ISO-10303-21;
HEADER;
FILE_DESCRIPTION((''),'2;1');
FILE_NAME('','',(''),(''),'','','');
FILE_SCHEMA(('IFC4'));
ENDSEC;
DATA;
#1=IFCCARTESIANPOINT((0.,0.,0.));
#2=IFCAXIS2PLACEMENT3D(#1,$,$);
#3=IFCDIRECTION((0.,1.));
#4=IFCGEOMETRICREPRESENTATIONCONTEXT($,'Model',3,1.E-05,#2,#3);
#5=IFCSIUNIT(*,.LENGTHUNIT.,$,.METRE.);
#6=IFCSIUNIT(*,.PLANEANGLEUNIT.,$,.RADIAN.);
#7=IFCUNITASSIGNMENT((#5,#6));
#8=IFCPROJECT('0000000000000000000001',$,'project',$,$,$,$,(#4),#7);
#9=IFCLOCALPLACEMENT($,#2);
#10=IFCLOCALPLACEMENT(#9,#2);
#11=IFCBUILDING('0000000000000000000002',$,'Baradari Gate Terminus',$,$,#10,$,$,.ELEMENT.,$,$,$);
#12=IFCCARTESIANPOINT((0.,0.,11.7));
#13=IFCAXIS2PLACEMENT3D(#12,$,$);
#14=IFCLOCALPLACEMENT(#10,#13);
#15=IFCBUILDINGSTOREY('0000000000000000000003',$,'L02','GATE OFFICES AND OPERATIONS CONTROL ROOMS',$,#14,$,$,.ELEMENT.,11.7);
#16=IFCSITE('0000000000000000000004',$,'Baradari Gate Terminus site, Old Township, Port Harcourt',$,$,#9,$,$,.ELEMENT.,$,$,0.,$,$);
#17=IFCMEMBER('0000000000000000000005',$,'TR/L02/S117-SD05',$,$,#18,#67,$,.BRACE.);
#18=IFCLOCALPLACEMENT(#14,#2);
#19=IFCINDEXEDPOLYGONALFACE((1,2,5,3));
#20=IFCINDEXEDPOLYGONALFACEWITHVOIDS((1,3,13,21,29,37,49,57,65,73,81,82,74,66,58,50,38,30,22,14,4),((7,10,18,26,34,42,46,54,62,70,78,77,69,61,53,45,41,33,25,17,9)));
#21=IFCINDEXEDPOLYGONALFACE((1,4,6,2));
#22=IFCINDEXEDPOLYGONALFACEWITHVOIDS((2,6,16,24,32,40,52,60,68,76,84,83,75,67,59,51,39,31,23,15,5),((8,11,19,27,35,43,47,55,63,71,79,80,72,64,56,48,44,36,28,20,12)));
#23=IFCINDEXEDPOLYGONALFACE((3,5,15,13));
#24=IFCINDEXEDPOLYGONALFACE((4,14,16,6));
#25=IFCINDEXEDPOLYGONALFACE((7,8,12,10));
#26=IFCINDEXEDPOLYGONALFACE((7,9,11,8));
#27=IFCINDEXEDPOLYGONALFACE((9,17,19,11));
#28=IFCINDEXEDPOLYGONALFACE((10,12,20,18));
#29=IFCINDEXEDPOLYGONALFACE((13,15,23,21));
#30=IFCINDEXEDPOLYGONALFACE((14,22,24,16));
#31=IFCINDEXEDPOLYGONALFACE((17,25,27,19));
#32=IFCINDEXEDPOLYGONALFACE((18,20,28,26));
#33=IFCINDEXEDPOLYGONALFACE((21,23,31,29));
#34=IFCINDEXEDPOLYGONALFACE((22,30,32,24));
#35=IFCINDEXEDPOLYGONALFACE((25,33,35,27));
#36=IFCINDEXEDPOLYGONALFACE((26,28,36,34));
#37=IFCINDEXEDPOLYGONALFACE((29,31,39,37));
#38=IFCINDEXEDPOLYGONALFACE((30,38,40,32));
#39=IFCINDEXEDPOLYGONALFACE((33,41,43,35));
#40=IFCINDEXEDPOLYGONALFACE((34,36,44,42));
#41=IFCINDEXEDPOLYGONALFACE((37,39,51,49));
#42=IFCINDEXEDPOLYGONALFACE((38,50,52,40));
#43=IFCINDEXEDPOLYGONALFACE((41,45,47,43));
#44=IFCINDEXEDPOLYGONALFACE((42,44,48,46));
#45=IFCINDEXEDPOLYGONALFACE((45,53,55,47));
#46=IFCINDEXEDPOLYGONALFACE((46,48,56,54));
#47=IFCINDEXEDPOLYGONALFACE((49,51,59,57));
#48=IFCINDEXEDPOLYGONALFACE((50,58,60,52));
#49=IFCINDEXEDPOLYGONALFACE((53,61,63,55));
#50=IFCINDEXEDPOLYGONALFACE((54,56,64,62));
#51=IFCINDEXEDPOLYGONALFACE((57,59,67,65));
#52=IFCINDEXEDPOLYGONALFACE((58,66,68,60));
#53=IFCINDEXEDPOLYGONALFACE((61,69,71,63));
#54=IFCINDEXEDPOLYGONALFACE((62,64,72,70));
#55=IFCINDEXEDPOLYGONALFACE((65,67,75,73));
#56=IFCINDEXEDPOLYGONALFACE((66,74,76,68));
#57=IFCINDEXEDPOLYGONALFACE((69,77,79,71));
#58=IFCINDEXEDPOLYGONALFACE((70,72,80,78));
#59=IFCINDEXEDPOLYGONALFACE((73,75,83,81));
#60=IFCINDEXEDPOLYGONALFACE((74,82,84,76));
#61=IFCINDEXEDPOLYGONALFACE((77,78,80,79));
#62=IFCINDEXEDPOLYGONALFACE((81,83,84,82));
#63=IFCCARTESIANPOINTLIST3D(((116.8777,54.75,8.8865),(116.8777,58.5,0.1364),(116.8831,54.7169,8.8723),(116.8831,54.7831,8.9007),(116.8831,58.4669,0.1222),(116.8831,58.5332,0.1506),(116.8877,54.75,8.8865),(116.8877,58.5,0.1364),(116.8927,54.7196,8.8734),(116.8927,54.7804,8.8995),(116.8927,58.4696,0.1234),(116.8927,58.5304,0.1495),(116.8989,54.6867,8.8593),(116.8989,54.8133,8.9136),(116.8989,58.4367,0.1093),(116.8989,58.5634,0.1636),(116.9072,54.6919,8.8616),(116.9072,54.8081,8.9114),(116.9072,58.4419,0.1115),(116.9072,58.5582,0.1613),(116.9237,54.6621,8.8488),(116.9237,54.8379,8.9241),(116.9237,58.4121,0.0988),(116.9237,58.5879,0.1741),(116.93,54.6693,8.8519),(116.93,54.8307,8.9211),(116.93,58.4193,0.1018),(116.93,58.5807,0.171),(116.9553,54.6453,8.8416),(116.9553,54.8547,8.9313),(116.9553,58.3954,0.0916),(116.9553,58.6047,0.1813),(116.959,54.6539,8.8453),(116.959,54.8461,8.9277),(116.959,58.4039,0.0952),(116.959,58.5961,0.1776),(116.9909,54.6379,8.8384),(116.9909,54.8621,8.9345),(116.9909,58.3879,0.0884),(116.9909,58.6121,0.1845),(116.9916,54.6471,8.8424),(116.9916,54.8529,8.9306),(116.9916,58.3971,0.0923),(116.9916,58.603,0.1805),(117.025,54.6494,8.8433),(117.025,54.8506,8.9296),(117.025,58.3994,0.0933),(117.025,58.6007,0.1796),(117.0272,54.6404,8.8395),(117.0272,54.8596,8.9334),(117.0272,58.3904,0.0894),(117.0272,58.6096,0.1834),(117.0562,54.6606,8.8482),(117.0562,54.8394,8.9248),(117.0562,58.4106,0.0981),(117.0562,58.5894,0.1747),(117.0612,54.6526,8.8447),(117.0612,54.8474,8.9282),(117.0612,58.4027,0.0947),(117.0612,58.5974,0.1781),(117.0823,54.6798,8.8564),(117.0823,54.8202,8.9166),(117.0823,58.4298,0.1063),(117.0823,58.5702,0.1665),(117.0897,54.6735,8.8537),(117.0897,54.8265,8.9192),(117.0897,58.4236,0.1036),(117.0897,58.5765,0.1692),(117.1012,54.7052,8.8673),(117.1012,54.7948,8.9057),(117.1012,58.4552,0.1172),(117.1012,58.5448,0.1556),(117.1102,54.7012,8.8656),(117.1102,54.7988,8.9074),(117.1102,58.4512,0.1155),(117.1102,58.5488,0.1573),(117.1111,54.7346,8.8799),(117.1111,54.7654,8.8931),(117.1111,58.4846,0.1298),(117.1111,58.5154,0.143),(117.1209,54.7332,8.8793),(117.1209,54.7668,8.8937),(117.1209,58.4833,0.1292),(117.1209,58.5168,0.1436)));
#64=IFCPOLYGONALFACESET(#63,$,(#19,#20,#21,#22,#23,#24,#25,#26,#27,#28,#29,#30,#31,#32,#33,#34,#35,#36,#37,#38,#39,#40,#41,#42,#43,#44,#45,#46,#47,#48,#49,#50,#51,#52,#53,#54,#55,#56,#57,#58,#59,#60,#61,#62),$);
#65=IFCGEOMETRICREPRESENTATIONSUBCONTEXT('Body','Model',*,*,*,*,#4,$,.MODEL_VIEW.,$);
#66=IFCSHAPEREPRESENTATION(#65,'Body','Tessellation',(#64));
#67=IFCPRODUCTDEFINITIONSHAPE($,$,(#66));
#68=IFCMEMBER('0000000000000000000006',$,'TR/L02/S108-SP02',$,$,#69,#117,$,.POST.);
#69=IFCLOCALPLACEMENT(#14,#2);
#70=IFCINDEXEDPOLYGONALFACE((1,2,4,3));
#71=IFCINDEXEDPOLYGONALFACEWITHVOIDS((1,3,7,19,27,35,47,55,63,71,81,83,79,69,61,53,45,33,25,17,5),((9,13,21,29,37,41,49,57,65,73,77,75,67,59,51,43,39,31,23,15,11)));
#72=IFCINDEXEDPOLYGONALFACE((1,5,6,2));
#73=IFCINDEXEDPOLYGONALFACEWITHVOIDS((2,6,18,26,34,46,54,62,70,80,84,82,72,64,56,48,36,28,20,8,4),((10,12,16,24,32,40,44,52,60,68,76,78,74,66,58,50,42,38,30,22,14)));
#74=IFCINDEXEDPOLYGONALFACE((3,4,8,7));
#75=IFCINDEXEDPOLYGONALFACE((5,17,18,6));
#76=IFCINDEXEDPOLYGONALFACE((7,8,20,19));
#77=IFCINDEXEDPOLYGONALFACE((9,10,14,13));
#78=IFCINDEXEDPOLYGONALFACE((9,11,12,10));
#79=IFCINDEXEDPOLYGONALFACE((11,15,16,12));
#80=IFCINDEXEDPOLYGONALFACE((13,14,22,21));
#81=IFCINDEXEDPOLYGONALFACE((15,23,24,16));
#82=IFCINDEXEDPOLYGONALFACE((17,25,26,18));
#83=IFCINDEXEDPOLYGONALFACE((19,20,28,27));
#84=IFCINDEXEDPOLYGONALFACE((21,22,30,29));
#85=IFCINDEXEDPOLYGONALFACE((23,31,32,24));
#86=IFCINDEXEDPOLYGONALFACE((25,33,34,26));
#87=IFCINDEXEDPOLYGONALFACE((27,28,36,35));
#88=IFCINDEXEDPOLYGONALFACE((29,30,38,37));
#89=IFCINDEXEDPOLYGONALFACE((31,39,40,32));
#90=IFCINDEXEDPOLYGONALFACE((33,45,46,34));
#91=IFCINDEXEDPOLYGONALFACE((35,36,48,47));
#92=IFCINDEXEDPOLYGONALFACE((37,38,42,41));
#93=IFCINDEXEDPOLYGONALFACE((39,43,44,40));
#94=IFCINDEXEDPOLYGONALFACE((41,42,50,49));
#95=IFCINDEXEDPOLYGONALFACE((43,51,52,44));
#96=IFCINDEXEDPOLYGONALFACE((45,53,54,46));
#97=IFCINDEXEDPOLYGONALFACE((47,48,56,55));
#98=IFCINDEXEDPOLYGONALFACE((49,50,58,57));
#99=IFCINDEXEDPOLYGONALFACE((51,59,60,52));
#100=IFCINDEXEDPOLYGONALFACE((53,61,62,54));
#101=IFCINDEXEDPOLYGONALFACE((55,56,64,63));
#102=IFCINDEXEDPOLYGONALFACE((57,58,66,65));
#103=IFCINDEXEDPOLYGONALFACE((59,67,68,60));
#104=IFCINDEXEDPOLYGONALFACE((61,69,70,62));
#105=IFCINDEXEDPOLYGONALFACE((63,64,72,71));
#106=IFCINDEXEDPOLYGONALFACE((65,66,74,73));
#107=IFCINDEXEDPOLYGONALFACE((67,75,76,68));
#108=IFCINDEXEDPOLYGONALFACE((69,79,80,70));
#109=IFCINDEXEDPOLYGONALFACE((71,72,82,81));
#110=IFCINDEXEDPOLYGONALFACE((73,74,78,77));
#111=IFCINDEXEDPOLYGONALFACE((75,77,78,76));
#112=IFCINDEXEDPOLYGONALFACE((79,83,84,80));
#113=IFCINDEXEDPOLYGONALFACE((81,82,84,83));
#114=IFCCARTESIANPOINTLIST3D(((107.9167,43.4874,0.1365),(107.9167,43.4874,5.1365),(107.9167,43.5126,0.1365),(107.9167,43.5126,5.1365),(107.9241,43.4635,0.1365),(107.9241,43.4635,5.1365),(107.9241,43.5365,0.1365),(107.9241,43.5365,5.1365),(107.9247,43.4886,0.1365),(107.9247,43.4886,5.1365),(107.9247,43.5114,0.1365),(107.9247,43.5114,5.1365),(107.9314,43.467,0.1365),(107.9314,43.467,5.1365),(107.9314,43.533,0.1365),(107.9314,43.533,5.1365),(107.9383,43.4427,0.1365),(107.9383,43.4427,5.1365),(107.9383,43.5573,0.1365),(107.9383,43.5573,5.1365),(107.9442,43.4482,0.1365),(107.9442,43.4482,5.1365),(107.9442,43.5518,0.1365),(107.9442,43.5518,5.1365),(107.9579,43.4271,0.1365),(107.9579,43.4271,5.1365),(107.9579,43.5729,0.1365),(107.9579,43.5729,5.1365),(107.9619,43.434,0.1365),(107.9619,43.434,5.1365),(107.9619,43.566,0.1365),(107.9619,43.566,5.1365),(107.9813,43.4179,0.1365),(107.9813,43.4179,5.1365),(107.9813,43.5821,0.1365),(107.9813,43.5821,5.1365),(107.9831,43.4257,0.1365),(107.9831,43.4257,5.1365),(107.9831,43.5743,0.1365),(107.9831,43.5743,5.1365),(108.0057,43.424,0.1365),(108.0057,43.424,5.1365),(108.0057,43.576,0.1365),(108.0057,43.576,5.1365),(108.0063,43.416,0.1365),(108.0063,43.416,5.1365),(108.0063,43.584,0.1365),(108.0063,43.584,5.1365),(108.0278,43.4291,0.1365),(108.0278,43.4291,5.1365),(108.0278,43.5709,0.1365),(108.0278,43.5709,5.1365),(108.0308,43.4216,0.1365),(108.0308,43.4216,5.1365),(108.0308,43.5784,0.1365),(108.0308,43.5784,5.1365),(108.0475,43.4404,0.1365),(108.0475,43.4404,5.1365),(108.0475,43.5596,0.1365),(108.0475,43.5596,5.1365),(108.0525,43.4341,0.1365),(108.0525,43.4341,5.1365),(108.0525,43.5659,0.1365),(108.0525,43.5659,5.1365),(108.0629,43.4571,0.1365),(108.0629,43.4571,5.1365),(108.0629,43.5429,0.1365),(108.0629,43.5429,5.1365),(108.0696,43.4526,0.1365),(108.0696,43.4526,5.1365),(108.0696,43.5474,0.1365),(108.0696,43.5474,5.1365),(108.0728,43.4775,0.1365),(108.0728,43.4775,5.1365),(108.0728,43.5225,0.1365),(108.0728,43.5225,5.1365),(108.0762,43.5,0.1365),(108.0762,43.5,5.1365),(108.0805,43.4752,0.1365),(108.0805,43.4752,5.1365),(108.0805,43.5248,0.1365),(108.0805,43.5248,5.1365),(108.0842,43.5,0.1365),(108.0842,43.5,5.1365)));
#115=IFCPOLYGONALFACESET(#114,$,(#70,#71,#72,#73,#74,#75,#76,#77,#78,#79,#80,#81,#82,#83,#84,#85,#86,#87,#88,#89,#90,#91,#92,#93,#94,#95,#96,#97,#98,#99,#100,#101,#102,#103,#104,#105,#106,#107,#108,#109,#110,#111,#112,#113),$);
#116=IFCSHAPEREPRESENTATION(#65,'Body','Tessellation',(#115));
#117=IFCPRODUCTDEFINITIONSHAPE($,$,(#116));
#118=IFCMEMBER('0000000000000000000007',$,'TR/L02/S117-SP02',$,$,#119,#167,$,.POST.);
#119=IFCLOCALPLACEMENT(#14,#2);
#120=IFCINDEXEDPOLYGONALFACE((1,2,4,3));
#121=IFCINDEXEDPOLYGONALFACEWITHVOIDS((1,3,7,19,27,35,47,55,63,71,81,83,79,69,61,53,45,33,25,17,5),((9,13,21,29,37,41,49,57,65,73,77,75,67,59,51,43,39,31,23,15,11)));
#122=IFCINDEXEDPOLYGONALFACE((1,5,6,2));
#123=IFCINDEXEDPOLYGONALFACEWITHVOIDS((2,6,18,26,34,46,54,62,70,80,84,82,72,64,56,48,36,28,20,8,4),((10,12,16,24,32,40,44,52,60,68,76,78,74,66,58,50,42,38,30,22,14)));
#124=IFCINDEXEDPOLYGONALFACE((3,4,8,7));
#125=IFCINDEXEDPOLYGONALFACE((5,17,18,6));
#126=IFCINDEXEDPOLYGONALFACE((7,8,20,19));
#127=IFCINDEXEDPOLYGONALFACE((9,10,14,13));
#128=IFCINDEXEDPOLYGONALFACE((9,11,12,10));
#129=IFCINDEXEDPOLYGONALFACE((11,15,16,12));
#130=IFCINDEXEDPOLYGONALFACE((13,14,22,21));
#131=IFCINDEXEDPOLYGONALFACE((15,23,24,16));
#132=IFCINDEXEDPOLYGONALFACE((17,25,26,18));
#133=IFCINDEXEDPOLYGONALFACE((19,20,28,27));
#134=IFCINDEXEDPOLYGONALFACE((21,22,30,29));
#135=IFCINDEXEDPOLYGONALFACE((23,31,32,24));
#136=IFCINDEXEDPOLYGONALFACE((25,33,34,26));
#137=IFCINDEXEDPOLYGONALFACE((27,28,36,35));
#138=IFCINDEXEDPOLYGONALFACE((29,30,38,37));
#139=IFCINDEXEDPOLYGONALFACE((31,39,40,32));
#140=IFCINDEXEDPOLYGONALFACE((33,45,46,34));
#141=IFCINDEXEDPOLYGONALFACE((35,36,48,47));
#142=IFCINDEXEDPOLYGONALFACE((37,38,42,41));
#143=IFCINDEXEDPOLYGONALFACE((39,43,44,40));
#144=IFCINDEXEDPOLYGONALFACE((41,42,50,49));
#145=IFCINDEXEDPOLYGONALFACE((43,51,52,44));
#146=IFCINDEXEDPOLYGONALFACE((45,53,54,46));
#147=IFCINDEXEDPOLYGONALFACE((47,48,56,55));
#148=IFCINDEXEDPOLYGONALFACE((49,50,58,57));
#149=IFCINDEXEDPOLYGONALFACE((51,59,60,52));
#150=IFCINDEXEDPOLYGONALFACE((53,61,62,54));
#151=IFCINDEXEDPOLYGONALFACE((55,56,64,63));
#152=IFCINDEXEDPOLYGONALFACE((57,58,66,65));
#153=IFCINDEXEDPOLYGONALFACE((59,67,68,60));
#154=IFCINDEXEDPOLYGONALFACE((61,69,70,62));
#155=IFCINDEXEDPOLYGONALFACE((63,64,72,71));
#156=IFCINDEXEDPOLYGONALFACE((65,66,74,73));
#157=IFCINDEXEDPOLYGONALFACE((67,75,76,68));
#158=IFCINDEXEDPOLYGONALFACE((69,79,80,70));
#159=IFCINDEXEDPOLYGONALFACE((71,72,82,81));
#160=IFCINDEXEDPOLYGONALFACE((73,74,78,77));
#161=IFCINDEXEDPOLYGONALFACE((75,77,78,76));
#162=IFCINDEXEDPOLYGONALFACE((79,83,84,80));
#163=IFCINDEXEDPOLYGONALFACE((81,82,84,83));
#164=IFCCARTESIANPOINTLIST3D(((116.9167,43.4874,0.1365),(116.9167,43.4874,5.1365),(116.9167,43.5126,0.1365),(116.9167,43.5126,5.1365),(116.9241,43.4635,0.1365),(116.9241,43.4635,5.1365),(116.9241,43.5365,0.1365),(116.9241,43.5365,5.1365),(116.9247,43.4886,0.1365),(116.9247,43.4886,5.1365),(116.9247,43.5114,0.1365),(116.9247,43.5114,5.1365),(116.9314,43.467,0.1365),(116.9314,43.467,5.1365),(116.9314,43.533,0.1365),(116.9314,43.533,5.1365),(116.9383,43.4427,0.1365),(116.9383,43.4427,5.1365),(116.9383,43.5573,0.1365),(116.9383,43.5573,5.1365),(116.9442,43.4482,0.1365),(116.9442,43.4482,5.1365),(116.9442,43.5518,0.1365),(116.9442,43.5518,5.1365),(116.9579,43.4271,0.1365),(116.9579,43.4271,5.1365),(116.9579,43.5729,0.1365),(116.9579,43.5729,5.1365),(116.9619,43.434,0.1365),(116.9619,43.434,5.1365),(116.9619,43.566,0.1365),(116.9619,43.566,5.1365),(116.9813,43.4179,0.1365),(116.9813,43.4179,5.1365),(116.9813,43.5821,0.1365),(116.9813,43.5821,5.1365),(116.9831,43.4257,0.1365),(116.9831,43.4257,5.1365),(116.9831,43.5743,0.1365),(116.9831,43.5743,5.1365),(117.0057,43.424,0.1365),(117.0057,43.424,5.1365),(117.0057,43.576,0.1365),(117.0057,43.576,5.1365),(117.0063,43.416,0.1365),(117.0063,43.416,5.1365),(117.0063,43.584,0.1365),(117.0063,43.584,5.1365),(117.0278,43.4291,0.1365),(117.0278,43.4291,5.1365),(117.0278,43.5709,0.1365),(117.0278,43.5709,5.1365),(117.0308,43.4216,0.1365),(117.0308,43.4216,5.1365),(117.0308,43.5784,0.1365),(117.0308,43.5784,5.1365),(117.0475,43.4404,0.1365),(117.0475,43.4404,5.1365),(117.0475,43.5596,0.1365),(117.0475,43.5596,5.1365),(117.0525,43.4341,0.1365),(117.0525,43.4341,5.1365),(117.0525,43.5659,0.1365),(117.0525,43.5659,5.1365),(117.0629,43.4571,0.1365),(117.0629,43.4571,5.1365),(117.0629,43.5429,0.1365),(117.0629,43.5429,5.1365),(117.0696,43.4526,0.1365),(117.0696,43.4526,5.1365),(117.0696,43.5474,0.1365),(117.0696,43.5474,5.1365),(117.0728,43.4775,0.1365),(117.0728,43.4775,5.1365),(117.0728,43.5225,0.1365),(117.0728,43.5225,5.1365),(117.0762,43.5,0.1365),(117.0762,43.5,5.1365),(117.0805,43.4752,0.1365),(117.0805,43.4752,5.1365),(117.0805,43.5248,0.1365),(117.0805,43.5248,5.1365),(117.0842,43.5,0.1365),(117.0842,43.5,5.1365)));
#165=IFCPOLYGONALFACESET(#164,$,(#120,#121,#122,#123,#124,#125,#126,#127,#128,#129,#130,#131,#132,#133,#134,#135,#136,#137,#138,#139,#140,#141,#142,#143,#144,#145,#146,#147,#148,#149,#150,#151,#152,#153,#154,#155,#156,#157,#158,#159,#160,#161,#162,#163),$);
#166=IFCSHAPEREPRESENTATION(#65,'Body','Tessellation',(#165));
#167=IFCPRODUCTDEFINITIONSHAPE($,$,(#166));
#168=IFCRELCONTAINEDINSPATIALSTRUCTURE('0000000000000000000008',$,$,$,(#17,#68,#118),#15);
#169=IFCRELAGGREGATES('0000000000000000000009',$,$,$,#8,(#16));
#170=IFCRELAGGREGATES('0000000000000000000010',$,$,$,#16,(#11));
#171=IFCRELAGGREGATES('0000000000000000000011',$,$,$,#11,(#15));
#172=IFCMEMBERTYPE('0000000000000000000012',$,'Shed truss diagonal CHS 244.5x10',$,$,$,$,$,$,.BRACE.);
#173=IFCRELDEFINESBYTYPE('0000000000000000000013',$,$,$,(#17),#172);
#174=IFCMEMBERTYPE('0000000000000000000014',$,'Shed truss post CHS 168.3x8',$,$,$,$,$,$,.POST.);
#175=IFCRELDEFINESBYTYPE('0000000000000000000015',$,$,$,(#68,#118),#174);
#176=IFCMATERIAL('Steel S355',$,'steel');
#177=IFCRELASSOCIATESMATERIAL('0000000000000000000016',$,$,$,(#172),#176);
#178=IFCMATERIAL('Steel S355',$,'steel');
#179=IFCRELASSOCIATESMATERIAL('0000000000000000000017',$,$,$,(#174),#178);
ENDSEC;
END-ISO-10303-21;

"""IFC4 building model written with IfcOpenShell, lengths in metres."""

from ifc_helpers import new_model, si_unit, direction, frame, origin, origin_2d, place, context, subcontext, project, spatial, hollow_circle, extrude, material, material_profile, profile_set, type_object, element, save


model = new_model("IFC4")

# Units and contexts
model_context = context("Model", 3, precision=1e-05, world=origin(), true_north=direction((0.0, 1.0)))
body_context = subcontext(model_context, "Body", "Model", "MODEL_VIEW")
ifc_project = project(units=[si_unit("LENGTHUNIT", "METRE"), si_unit("PLANEANGLEUNIT", "RADIAN")], contexts=[model_context])

# Site, building, storey
site_placement = place(None, origin())
site = spatial("IfcSite", under=ifc_project, at=site_placement, Name="Baradari Gate Terminus site, Old Township, Port Harcourt", CompositionType="ELEMENT", RefElevation=0.0)
building_placement = place(site_placement, origin())
building = spatial("IfcBuilding", under=site, at=building_placement, Name="Baradari Gate Terminus", CompositionType="ELEMENT")
storey_placement = place(building_placement, frame((0.0, 0.0, 11.7)))
storey = spatial("IfcBuildingStorey", under=building, at=storey_placement, Name="L02", Description="GATE OFFICES AND OPERATIONS CONTROL ROOMS", CompositionType="ELEMENT", Elevation=11.7)

# Members
ifc_material_1 = material(Name="Steel S355", Category="steel")
ifc_material_profile_1 = material_profile(ifc_material_1, hollow_circle(Radius=0.1223, WallThickness=0.01, at=origin_2d()), Name="CHS 244.5x10")
ifc_profile_set_1 = profile_set([ifc_material_profile_1], Name="Steel S355")
member_type_1 = type_object("IfcMemberType", Name="Shed truss diagonal CHS 244.5x10", PredefinedType="BRACE", material=ifc_profile_set_1)
for number, where, z_axis, x_axis, name in (
    (1, (117.0, 54.75, 8.8865), (0.0, 0.393919, -0.919145), (-1.0, 0.0, 0.0), "TR/L02/S117-SD05"),
):
    element("IfcMember", number, at=place(storey_placement, frame(where, z_axis=z_axis, x_axis=x_axis)), inside=storey, type_object=member_type_1, Name=name, PredefinedType="BRACE", context=body_context, shape_type="SweptSolid", body=[
        extrude(hollow_circle(Radius=0.1223, WallThickness=0.01, at=origin_2d()), origin(), (0.0, 0.0, 1.0), 9.5198),
    ])
ifc_material_2 = material(Name="Steel S355", Category="steel")
ifc_material_profile_2 = material_profile(ifc_material_2, hollow_circle(Radius=0.0842, WallThickness=0.0081, at=origin_2d()), Name="CHS 168.3x8")
ifc_profile_set_2 = profile_set([ifc_material_profile_2], Name="Steel S355")
member_type_2 = type_object("IfcMemberType", Name="Shed truss post CHS 168.3x8", PredefinedType="POST", material=ifc_profile_set_2)
for number, where, z_axis, x_axis, name in (
    (2, (108.0, 43.5, 0.1365), (0.0, 0.0, 1.0), (1.0, 0.0, 0.0), "TR/L02/S108-SP02"),
    (3, (117.0, 43.5, 0.1365), (0.0, 0.0, 1.0), (1.0, 0.0, 0.0), "TR/L02/S117-SP02"),
):
    element("IfcMember", number, at=place(storey_placement, frame(where, z_axis=z_axis, x_axis=x_axis)), inside=storey, type_object=member_type_2, Name=name, PredefinedType="POST", context=body_context, shape_type="SweptSolid", body=[
        extrude(hollow_circle(Radius=0.0842, WallThickness=0.0081, at=origin_2d()), origin(), (0.0, 0.0, 1.0), 5.0),
    ])

save(model, "model.ifc")
